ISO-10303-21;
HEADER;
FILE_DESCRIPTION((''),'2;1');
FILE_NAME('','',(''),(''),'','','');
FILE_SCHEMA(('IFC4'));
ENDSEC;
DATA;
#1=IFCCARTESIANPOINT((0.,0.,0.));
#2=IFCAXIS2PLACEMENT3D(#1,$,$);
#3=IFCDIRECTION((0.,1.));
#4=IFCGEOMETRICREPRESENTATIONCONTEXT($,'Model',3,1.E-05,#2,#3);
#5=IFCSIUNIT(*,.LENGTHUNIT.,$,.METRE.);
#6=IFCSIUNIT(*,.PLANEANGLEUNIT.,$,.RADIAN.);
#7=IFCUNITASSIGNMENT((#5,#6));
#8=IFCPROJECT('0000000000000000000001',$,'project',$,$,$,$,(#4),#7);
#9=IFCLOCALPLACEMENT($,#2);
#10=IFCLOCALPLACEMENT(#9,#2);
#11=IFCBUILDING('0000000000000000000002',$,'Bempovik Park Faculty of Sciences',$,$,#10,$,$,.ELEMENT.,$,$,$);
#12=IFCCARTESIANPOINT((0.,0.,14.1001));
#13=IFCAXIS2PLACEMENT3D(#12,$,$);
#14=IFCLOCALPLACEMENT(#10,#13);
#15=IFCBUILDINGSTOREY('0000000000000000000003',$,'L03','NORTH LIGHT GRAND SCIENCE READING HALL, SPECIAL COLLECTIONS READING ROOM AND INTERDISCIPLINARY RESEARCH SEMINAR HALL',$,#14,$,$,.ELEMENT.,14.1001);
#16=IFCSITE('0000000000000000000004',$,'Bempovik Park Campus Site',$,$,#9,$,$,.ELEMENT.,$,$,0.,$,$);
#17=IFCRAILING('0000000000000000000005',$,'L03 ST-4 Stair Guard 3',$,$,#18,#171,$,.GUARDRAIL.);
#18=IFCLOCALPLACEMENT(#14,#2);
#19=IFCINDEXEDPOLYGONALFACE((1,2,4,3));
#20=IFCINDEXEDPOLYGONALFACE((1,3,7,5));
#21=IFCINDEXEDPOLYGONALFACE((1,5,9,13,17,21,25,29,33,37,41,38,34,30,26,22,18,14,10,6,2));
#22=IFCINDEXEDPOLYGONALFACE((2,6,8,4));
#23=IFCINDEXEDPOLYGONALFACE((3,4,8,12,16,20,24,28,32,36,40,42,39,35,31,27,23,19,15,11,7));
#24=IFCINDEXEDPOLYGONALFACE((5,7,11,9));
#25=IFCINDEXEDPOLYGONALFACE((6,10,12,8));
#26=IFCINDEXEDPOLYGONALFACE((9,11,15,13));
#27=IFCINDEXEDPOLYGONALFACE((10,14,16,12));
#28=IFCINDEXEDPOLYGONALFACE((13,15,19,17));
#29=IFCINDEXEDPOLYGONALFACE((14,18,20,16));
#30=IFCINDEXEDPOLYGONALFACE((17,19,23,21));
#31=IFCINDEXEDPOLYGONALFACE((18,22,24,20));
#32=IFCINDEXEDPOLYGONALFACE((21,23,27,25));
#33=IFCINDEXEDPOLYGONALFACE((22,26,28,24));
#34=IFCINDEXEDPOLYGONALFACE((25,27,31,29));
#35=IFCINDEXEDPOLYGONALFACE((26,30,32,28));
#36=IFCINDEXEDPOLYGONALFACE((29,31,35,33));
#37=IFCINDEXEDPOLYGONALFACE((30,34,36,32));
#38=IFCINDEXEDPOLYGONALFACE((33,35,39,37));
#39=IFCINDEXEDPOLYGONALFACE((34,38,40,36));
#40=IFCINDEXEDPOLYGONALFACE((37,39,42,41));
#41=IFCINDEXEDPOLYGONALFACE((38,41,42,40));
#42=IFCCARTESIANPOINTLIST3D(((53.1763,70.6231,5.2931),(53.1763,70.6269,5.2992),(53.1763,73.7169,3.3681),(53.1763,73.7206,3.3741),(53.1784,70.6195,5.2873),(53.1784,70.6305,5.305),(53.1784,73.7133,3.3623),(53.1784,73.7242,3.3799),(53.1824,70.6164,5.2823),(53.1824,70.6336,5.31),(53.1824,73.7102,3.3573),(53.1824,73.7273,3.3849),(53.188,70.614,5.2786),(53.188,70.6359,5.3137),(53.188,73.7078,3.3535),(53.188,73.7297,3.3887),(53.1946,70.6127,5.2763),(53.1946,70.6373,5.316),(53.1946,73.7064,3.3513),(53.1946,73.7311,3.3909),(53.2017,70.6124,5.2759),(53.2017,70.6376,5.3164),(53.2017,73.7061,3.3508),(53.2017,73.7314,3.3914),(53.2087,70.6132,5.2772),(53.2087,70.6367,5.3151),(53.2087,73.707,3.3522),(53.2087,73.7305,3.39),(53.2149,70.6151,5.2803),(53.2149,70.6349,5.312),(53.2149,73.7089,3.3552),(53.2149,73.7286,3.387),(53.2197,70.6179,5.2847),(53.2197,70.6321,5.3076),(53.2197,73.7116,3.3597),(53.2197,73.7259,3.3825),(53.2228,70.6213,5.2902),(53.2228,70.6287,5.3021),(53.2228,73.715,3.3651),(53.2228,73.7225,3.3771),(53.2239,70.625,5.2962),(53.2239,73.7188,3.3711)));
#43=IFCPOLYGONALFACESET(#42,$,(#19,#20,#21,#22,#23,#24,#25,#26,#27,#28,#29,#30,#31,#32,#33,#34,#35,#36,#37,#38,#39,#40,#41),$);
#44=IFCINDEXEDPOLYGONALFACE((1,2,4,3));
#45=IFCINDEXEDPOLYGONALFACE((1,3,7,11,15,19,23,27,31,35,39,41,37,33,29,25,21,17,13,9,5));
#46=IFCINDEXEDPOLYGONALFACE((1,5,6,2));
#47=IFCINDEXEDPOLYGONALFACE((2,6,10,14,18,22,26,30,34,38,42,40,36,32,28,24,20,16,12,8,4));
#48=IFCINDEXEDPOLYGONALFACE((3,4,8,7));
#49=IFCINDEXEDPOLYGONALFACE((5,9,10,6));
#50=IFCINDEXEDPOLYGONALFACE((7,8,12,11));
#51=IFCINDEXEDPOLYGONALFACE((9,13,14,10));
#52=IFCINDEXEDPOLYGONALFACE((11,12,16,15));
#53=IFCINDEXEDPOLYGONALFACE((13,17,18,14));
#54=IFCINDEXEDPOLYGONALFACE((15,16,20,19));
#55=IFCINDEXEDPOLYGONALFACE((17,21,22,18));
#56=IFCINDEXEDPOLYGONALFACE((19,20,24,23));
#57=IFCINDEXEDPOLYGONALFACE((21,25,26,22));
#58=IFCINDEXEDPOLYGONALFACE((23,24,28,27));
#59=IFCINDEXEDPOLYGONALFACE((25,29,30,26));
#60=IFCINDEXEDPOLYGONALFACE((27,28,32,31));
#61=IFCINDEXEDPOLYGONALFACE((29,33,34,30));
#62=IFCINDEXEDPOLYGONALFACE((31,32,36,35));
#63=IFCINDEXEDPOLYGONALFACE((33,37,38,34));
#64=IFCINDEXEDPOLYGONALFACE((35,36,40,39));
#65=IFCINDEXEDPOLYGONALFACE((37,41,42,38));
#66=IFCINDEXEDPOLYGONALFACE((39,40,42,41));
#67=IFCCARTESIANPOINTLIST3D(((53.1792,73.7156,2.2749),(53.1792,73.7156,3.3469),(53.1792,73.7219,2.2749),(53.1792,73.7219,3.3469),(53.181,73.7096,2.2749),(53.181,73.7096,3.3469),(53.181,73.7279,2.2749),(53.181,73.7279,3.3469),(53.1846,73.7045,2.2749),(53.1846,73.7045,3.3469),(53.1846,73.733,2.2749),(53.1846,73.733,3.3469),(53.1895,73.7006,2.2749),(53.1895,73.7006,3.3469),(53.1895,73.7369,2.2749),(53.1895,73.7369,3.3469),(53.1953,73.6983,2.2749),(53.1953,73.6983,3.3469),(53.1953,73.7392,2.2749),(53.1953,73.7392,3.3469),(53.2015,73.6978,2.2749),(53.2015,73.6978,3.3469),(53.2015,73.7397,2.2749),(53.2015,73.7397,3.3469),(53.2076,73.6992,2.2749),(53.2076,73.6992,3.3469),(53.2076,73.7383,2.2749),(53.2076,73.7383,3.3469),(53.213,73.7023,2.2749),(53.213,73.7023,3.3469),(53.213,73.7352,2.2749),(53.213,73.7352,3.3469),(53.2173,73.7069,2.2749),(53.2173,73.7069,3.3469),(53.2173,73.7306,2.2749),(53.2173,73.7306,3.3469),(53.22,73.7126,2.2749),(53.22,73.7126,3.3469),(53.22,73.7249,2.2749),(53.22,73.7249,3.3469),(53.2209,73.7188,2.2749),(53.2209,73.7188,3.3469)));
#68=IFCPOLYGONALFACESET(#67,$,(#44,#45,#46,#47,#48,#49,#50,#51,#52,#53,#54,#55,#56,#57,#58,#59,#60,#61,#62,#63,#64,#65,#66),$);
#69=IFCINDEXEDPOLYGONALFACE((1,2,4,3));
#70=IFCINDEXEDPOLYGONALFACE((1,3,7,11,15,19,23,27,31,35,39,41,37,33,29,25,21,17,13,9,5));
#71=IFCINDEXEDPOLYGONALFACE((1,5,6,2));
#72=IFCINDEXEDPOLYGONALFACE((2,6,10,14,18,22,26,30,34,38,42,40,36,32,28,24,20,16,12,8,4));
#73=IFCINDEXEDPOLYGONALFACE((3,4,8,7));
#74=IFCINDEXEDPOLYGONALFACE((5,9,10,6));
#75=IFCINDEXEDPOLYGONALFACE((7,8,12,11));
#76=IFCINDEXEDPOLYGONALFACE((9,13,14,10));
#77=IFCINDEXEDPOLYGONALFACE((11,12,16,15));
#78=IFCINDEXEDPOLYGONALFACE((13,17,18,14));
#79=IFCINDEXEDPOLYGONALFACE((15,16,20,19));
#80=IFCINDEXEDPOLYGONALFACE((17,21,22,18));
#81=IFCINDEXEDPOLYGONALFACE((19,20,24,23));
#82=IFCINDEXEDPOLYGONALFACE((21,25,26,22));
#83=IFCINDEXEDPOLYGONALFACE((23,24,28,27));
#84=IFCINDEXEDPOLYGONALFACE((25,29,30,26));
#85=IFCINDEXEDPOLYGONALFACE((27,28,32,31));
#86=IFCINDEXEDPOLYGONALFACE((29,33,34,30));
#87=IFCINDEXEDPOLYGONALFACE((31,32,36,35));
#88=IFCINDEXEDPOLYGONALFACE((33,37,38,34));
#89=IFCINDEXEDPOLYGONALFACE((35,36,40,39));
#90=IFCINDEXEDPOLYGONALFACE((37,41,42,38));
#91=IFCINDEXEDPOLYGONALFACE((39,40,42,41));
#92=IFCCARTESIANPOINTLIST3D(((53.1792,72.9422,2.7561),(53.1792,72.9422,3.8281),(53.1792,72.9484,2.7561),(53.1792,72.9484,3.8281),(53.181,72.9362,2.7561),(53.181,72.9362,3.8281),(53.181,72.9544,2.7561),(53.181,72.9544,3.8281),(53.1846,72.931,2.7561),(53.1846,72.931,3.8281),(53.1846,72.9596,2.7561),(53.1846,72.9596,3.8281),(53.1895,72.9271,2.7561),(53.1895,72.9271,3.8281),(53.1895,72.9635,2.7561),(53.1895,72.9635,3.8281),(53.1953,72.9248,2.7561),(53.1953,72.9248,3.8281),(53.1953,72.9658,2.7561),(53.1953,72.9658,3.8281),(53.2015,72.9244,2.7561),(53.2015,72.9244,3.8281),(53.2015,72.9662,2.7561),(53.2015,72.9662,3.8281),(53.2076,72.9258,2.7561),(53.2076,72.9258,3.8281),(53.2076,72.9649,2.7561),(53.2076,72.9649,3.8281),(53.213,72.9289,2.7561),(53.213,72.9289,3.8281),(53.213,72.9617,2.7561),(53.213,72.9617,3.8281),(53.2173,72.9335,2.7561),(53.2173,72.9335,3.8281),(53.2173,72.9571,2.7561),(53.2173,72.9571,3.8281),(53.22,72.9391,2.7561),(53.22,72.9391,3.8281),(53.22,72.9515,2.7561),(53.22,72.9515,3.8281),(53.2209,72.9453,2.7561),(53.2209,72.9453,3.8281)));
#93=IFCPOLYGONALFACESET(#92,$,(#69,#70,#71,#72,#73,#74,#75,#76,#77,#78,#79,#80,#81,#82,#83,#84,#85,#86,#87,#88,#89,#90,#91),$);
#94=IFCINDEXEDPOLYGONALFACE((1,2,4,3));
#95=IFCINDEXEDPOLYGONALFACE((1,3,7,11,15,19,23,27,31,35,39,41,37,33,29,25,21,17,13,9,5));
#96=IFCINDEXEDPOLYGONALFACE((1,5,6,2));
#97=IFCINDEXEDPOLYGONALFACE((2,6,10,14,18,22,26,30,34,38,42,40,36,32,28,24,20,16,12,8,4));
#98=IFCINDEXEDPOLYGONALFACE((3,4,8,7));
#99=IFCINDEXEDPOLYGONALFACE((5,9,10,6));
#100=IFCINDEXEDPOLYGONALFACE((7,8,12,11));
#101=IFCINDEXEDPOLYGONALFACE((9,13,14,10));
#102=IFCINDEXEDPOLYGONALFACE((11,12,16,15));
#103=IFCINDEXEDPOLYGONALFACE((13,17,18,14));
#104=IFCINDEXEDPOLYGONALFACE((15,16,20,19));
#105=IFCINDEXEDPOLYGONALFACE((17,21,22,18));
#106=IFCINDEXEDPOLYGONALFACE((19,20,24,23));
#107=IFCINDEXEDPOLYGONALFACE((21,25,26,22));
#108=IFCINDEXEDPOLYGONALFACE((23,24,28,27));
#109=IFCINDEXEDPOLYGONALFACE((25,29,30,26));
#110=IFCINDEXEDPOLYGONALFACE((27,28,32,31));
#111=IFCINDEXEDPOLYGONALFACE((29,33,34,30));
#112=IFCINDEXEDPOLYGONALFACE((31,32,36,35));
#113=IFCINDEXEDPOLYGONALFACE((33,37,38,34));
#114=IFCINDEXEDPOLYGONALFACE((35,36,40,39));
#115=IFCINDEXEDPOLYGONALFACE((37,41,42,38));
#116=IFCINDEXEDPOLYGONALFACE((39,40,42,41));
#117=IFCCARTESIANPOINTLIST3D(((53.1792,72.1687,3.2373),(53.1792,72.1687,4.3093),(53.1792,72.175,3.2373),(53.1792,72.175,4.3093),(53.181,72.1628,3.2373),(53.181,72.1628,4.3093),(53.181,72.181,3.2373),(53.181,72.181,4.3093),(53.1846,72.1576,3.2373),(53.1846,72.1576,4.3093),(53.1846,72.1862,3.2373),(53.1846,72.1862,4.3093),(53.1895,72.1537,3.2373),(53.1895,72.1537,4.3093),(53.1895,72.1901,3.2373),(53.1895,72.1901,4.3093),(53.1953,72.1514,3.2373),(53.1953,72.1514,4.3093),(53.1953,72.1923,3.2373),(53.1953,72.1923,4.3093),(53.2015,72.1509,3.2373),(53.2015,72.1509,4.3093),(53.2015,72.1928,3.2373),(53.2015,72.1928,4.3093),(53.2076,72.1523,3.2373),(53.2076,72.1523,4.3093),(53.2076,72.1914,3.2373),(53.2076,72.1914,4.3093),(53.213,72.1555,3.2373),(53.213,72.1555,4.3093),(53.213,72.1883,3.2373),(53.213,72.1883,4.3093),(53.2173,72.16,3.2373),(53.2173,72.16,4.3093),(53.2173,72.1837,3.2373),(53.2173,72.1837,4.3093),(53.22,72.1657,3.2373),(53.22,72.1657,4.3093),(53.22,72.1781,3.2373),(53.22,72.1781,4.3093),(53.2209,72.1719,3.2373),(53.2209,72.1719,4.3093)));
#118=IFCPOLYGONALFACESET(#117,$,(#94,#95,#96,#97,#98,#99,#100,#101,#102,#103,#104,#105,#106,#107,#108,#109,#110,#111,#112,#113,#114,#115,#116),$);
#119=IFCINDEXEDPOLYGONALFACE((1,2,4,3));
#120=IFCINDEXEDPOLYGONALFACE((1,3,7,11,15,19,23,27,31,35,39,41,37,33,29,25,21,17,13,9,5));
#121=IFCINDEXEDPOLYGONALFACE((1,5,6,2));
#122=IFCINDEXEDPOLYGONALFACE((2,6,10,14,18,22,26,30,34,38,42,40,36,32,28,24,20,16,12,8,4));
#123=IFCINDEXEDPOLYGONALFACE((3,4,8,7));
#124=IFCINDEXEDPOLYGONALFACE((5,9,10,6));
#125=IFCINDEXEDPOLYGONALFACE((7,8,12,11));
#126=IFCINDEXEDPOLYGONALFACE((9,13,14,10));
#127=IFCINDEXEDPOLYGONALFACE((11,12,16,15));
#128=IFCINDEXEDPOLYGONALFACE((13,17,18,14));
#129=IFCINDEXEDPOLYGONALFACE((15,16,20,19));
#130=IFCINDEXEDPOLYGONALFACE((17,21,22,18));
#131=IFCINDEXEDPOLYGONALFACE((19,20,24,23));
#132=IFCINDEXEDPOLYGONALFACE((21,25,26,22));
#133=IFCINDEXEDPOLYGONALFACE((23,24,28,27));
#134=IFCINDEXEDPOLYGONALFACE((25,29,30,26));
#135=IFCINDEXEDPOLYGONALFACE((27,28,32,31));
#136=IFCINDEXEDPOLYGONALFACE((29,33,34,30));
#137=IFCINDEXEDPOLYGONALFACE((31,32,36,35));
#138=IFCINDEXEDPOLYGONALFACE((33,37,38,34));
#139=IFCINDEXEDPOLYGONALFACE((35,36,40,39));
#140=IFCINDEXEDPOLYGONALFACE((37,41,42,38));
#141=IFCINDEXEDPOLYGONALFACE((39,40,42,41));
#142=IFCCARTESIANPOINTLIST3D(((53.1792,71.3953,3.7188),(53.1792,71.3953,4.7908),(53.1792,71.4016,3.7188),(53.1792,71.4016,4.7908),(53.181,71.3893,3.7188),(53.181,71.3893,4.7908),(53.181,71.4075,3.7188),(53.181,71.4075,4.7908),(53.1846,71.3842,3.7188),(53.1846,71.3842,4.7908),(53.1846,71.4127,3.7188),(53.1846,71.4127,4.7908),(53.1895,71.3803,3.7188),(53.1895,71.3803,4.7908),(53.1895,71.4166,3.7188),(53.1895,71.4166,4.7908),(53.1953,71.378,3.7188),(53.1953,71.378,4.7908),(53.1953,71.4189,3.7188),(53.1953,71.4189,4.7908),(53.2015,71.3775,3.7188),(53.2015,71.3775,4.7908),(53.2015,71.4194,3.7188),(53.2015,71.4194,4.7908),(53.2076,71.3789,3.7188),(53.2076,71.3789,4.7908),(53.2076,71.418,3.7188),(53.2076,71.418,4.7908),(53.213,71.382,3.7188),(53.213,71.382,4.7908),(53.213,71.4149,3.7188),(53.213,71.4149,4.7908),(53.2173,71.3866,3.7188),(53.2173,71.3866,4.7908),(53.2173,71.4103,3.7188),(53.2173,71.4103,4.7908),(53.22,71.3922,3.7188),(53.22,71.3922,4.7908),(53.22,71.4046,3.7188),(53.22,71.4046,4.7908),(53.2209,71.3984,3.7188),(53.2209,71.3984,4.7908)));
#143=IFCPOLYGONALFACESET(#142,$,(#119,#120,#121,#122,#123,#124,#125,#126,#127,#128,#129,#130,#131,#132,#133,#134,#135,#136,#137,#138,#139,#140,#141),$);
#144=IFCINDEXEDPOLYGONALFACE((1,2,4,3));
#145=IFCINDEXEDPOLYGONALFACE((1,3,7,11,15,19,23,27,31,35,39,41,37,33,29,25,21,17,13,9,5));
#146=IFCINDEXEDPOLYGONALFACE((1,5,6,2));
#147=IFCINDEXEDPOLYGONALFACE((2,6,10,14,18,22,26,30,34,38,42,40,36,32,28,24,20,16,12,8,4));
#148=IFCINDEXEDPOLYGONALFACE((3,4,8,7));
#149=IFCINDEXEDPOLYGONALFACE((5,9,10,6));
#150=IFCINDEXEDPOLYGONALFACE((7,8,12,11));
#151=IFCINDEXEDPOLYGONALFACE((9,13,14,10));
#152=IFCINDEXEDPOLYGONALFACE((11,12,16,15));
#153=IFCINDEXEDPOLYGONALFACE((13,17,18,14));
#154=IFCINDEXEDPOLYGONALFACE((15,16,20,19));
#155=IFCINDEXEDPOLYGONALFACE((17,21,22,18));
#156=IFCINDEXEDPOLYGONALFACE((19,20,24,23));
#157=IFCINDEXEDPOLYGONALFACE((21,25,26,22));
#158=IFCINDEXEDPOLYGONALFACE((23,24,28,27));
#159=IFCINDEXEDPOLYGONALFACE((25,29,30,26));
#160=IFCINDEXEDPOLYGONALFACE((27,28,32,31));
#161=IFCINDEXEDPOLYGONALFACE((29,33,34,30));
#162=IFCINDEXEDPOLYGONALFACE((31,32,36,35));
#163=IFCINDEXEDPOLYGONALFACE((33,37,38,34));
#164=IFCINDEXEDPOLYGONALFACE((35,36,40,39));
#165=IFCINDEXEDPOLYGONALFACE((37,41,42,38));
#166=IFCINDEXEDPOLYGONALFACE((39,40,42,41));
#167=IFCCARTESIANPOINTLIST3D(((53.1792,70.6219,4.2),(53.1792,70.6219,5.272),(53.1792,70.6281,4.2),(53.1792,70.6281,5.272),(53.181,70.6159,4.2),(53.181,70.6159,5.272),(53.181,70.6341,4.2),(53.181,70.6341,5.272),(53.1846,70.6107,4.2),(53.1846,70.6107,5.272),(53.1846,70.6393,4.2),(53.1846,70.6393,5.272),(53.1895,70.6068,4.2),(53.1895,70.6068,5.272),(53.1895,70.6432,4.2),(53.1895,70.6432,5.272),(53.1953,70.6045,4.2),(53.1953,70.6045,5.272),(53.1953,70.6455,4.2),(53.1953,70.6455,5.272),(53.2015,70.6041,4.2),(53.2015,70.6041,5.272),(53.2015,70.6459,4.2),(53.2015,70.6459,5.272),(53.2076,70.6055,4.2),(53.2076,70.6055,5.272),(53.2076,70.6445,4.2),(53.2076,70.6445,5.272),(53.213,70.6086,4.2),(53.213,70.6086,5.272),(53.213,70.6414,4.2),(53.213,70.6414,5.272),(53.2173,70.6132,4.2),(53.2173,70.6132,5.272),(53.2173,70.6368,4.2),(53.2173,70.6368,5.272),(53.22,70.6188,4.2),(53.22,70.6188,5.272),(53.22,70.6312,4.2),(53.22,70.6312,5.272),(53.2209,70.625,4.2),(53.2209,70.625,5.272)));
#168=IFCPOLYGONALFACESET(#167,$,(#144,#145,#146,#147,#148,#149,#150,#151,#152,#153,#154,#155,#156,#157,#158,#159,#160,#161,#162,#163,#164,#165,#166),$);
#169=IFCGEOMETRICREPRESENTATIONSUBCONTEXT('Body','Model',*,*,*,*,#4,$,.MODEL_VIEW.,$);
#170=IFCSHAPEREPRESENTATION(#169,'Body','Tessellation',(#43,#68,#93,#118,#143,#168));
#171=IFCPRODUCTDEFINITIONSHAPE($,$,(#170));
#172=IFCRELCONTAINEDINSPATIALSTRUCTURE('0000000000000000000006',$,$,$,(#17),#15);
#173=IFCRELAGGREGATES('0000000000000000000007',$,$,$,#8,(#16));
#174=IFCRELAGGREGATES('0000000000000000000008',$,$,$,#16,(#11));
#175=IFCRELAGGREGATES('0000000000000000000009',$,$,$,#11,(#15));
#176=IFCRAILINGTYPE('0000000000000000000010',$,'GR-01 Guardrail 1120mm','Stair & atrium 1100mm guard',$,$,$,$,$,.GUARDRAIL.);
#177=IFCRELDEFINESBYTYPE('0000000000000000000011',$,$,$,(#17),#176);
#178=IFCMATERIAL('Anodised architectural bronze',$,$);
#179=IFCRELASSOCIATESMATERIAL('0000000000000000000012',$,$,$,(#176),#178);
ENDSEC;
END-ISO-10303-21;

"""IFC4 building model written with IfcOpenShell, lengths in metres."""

from ifc_helpers import new_model, si_unit, direction, frame, origin, origin_2d, place, context, subcontext, project, spatial, circle, extrude, material, type_object, element, save


model = new_model("IFC4")

# Units and contexts
model_context = context("Model", 3, precision=1e-05, world=origin(), true_north=direction((0.0, 1.0)))
body_context = subcontext(model_context, "Body", "Model", "MODEL_VIEW")
ifc_project = project(units=[si_unit("LENGTHUNIT", "METRE"), si_unit("PLANEANGLEUNIT", "RADIAN")], contexts=[model_context])

# Site, building, storey
site_placement = place(None, origin())
site = spatial("IfcSite", under=ifc_project, at=site_placement, Name="Bempovik Park Campus Site", CompositionType="ELEMENT", RefElevation=0.0)
building_placement = place(site_placement, origin())
building = spatial("IfcBuilding", under=site, at=building_placement, Name="Bempovik Park Faculty of Sciences", CompositionType="ELEMENT")
storey_placement = place(building_placement, frame((0.0, 0.0, 14.1001)))
storey = spatial("IfcBuildingStorey", under=building, at=storey_placement, Name="L03", Description="NORTH LIGHT GRAND SCIENCE READING HALL, SPECIAL COLLECTIONS READING ROOM AND INTERDISCIPLINARY RESEARCH SEMINAR HALL", CompositionType="ELEMENT", Elevation=14.1001)

# Shared definitions
ifc_material_1 = material(Name="Anodised architectural bronze")

# Railing
railing_type_1 = type_object("IfcRailingType", Name="GR-01 Guardrail 1120mm", Description="Stair & atrium 1100mm guard", PredefinedType="GUARDRAIL", material=ifc_material_1)
railing_1_placement = place(storey_placement, frame((53.2, 73.7188, 2.2749)))
element("IfcRailing", 1, at=railing_1_placement, inside=storey, type_object=railing_type_1, Name="L03 ST-4 Stair Guard 3", PredefinedType="GUARDRAIL", context=body_context, shape_type="SweptSolid", body=[
    extrude(circle(Radius=0.0239, at=origin_2d()), frame((0.0, 0.0, 1.0962), z_axis=(0.0, -0.849051, 0.528312), x_axis=(1.0, 0.0, 0.0)), (0.0, 0.0, 1.0), 3.6438),
    extrude(circle(Radius=0.021, at=origin_2d()), origin(), (0.0, 0.0, 1.0), 1.072),
    extrude(circle(Radius=0.021, at=origin_2d()), frame((0.0, -0.7734, 0.4812)), (0.0, 0.0, 1.0), 1.072),
    extrude(circle(Radius=0.021, at=origin_2d()), frame((0.0, -1.5469, 0.9624)), (0.0, 0.0, 1.0), 1.072),
    extrude(circle(Radius=0.021, at=origin_2d()), frame((0.0, -2.3203, 1.4438)), (0.0, 0.0, 1.0), 1.072),
    extrude(circle(Radius=0.021, at=origin_2d()), frame((0.0, -3.0938, 1.925)), (0.0, 0.0, 1.0), 1.072),
])

save(model, "model.ifc")
